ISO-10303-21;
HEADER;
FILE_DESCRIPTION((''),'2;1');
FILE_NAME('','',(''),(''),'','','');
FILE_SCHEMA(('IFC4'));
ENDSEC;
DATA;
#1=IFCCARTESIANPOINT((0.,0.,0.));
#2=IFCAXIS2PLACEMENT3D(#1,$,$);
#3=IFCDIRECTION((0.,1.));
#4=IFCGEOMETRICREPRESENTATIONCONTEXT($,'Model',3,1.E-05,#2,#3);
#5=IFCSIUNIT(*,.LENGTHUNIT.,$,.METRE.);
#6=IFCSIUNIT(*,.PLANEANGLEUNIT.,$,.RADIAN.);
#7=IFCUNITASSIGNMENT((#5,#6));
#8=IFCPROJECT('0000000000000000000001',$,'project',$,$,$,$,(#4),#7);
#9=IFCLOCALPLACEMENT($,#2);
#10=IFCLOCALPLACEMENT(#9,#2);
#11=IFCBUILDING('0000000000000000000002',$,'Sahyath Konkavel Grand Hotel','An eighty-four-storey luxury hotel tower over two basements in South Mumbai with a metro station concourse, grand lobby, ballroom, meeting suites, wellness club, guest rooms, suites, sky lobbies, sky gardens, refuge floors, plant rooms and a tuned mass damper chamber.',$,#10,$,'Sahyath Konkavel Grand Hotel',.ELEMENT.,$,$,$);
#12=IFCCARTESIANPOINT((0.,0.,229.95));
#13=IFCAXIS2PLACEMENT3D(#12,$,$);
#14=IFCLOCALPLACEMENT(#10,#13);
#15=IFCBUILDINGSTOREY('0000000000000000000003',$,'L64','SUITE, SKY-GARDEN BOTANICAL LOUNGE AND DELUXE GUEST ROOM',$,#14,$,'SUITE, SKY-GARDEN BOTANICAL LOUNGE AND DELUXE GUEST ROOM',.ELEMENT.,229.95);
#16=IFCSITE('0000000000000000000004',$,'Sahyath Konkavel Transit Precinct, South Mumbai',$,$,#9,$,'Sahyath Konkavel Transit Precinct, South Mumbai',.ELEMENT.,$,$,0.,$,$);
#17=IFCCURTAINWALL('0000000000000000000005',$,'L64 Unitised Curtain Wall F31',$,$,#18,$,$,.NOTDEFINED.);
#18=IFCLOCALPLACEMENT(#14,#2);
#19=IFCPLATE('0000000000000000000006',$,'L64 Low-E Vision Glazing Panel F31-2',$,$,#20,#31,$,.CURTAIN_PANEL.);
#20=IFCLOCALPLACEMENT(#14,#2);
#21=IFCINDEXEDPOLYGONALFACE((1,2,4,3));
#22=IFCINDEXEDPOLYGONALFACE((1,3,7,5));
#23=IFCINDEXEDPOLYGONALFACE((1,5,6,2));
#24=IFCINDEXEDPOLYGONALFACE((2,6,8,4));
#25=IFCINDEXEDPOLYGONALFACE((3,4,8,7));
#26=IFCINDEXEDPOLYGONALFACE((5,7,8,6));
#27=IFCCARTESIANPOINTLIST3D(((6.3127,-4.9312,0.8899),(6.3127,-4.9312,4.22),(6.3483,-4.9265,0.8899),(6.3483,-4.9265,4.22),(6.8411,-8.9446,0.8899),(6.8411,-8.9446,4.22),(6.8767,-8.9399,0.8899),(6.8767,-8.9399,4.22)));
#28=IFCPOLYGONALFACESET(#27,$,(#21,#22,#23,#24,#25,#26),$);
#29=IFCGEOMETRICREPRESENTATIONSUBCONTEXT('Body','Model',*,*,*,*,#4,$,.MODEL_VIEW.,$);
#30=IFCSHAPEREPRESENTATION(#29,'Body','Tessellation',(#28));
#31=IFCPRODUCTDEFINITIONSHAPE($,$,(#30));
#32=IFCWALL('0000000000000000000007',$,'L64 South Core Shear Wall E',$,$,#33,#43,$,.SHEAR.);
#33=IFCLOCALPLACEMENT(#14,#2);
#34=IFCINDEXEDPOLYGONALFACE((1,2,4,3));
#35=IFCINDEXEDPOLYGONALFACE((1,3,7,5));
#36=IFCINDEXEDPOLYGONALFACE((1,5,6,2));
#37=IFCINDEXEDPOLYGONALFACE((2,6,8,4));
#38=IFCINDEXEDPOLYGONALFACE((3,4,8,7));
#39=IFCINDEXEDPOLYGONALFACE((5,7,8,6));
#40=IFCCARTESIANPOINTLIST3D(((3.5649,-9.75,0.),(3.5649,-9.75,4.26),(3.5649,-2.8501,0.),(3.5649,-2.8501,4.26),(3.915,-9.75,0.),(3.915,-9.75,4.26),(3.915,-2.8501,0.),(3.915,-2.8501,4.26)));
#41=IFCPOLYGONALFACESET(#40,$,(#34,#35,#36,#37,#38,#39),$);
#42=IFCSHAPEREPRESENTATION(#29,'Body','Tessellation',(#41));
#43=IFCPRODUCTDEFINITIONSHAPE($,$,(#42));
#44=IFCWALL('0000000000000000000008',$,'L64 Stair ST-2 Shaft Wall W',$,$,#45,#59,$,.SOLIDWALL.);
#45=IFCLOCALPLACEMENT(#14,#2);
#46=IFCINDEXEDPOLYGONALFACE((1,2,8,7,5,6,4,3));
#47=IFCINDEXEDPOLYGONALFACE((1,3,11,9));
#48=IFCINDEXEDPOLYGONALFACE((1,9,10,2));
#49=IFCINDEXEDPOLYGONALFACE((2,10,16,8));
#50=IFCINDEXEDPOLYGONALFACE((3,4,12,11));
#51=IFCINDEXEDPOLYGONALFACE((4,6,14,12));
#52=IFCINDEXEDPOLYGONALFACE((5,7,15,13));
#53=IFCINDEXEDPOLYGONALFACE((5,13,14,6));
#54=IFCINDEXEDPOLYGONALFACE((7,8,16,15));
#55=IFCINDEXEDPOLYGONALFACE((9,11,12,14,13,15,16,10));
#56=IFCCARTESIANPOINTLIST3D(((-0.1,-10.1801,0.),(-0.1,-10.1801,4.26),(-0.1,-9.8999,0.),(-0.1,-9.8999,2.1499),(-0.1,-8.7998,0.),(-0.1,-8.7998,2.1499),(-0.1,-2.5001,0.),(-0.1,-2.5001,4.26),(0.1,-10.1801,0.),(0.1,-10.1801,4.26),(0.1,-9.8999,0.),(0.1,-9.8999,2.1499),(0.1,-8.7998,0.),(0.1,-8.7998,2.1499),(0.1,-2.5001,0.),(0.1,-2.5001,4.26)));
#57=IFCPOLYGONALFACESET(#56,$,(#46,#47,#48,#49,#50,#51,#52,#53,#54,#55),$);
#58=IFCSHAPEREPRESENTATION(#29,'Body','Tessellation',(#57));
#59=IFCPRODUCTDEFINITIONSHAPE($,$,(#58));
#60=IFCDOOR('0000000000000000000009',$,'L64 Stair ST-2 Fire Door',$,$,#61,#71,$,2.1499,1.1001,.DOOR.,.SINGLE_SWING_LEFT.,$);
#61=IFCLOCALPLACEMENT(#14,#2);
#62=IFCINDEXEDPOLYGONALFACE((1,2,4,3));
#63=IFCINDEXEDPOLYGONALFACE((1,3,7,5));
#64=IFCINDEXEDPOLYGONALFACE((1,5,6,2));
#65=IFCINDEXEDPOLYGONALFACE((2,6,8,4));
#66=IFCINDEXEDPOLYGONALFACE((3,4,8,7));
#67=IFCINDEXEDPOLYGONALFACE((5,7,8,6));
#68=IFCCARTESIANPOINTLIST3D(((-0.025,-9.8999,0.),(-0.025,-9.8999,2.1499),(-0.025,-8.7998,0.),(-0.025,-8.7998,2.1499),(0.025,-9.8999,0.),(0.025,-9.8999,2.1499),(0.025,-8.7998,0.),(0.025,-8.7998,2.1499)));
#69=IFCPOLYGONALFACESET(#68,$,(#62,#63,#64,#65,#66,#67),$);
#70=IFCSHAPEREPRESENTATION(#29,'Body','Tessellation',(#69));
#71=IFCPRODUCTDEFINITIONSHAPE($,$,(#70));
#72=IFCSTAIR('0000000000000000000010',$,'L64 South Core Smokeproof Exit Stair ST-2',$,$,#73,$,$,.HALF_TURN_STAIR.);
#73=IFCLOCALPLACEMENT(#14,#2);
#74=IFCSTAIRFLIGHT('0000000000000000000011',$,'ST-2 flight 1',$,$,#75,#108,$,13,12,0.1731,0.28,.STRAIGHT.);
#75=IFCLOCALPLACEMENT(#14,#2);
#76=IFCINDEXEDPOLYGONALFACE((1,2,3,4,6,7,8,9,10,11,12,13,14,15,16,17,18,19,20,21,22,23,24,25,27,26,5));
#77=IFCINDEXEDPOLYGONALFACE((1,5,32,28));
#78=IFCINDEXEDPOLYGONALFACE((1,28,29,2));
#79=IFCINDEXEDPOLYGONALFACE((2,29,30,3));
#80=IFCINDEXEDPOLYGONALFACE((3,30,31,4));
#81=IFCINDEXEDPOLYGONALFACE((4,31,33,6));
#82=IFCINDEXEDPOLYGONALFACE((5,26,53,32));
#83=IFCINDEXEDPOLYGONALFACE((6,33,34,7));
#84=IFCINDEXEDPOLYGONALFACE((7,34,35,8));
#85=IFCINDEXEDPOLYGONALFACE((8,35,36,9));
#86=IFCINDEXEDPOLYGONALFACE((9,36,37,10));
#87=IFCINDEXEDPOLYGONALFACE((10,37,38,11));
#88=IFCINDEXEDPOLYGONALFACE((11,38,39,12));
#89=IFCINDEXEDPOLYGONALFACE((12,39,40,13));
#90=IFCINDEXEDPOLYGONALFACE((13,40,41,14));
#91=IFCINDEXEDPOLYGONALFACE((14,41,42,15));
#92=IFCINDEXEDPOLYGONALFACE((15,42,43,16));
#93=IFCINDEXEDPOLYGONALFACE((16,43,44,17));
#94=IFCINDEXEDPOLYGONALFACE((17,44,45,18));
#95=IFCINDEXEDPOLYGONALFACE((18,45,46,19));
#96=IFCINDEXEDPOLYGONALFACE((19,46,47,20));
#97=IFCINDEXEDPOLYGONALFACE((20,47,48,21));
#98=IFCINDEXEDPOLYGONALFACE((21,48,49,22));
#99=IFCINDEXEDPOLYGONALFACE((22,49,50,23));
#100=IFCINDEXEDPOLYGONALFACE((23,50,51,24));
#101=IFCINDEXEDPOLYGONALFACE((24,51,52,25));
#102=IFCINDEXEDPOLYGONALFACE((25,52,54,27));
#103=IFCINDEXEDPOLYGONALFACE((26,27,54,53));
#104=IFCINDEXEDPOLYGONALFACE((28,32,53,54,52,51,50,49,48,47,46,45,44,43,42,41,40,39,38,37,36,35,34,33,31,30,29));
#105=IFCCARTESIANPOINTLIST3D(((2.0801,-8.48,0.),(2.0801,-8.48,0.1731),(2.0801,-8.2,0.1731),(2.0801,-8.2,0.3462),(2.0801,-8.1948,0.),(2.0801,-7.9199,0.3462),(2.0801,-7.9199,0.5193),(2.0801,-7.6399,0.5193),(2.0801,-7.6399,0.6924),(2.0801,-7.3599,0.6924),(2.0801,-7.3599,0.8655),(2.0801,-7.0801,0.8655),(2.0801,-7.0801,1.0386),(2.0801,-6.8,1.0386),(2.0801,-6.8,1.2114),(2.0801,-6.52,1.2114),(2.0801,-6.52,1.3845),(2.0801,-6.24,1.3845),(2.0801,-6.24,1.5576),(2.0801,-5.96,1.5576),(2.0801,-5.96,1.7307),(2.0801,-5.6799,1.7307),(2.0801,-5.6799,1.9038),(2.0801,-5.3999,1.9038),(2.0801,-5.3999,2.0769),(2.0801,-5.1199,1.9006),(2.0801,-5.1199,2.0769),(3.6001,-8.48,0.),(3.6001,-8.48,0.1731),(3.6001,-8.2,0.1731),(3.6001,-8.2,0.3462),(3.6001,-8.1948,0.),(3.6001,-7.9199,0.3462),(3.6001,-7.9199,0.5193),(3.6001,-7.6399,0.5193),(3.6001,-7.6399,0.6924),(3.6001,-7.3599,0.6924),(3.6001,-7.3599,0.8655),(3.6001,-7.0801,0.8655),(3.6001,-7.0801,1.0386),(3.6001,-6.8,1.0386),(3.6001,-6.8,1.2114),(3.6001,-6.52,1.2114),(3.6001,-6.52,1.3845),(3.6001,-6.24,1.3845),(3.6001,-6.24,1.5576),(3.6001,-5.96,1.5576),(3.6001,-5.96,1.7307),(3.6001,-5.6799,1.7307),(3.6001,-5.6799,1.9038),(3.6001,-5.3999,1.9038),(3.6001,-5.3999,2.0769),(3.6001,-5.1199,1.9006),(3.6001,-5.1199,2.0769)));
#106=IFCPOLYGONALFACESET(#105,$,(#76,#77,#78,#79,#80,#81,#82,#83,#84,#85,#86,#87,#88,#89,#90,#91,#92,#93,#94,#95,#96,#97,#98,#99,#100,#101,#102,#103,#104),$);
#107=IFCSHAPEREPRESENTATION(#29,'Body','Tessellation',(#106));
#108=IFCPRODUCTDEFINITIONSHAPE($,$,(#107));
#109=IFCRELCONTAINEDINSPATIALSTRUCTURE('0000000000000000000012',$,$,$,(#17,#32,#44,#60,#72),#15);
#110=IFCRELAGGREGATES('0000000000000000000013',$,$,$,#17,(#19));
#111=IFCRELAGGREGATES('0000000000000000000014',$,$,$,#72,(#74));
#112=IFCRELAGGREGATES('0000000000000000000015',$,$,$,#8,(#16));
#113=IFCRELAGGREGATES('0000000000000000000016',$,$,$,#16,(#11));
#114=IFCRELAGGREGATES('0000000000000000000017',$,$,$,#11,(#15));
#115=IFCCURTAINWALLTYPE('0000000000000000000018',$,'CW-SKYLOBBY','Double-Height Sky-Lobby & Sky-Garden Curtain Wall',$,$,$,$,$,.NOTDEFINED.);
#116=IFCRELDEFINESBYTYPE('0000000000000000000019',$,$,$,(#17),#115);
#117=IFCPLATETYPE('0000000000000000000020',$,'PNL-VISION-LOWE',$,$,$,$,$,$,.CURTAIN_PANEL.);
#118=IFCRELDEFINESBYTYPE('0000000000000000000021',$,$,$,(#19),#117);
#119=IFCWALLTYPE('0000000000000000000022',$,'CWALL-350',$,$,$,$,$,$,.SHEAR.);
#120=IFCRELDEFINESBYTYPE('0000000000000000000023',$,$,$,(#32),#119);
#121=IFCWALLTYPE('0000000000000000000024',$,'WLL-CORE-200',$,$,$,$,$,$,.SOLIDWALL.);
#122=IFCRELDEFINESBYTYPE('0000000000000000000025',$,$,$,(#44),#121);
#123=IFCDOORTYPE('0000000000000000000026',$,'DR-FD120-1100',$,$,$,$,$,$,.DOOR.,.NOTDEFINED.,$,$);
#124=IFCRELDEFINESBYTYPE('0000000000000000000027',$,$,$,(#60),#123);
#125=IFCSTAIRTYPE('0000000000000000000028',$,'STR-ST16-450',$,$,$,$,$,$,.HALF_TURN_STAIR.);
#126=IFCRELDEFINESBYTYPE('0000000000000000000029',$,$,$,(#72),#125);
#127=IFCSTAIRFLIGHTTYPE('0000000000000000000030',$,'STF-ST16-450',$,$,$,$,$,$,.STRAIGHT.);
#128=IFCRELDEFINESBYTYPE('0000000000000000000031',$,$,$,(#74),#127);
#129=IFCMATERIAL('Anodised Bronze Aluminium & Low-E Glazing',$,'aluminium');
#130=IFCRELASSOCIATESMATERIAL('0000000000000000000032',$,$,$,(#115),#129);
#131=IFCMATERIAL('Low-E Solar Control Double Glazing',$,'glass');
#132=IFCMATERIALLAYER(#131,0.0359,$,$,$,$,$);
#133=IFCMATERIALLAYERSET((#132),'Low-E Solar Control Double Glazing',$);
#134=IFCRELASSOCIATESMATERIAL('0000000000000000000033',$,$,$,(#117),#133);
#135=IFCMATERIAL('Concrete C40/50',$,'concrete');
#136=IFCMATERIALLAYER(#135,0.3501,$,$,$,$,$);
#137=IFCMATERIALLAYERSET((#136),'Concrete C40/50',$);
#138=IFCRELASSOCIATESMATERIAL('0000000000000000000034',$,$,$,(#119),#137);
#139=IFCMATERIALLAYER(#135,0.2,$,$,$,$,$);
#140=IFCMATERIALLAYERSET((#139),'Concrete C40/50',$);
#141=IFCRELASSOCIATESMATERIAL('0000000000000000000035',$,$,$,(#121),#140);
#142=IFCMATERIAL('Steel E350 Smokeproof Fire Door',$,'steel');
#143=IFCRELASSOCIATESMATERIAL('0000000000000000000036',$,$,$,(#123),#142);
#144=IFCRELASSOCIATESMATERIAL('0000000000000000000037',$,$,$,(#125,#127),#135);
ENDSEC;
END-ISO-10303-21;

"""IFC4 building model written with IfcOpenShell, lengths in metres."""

from ifc_helpers import new_model, si_unit, direction, frame, frame_2d, origin, origin_2d, place, context, subcontext, project, spatial, polyline, rectangle, outline, extrude, source, transform, mapped, material, layer, layer_set, type_object, element, fill, aggregate, save


model = new_model("IFC4")

# Units and contexts
model_context = context("Model", 3, precision=1e-05, world=origin(), true_north=direction((0.0, 1.0)))
body_context = subcontext(model_context, "Body", "Model", "MODEL_VIEW")
ifc_project = project(units=[si_unit("LENGTHUNIT", "METRE"), si_unit("PLANEANGLEUNIT", "RADIAN")], contexts=[model_context])

# Site, building, storey
site_placement = place(None, origin())
site = spatial("IfcSite", under=ifc_project, at=site_placement, Name="Sahyath Konkavel Transit Precinct, South Mumbai", LongName="Sahyath Konkavel Transit Precinct, South Mumbai", CompositionType="ELEMENT", RefElevation=0.0)
building_placement = place(site_placement, origin())
building = spatial("IfcBuilding", under=site, at=building_placement, Name="Sahyath Konkavel Grand Hotel", Description="An eighty-four-storey luxury hotel tower over two basements in South Mumbai with a metro station concourse, grand lobby, ballroom, meeting suites, wellness club, guest rooms, suites, sky lobbies, sky gardens, refuge floors, plant rooms and a tuned mass damper chamber.", LongName="Sahyath Konkavel Grand Hotel", CompositionType="ELEMENT")
storey_placement = place(building_placement, frame((0.0, 0.0, 229.95)))
storey = spatial("IfcBuildingStorey", under=building, at=storey_placement, Name="L64", Description="SUITE, SKY-GARDEN BOTANICAL LOUNGE AND DELUXE GUEST ROOM", LongName="SUITE, SKY-GARDEN BOTANICAL LOUNGE AND DELUXE GUEST ROOM", CompositionType="ELEMENT", Elevation=229.95)

# Shared definitions
ifc_material_1 = material(Name="Anodised Bronze Aluminium & Low-E Glazing", Category="aluminium")
curtain_wall_type = type_object("IfcCurtainWallType", Name="CW-SKYLOBBY", Description="Double-Height Sky-Lobby & Sky-Garden Curtain Wall", PredefinedType="NOTDEFINED", material=ifc_material_1)

# Curtain wall
curtain_wall_1_placement = place(storey_placement, origin())
curtain_wall_1 = element("IfcCurtainWall", 1, at=curtain_wall_1_placement, inside=storey, type_object=curtain_wall_type, Name="L64 Unitised Curtain Wall F31", PredefinedType="NOTDEFINED")

# Plate
ifc_material_2 = material(Name="Low-E Solar Control Double Glazing", Category="glass")
ifc_layer_1 = layer(ifc_material_2, 0.0359)
ifc_layer_set_1 = layer_set([ifc_layer_1], Name="Low-E Solar Control Double Glazing")
plate_type_1 = type_object("IfcPlateType", Name="PNL-VISION-LOWE", PredefinedType="CURTAIN_PANEL", material=ifc_layer_set_1)
shared_shape_1 = source(origin(), body_context, "Body", "SweptSolid", [
    extrude(rectangle(XDim=4.0481, YDim=0.0359, at=origin_2d()), origin(), (0.0, 0.0, 1.0), 3.3301),
])
plate_1_placement = place(storey_placement, frame((6.5947, -6.9355, 0.8899), z_axis=(0.0, 0.0, 1.0), x_axis=(-0.130526, 0.991445, 0.0)))
plate_1 = element("IfcPlate", 2, at=plate_1_placement, type_object=plate_type_1, Name="L64 Low-E Vision Glazing Panel F31-2", PredefinedType="CURTAIN_PANEL", context=body_context, shape_type="MappedRepresentation", body=[
    mapped(shared_shape_1, transform((0.0, 0.0, 0.0), scale=1.0)),
])
aggregate(curtain_wall_1, [plate_1])

# Wall
ifc_material_3 = material(Name="Concrete C40/50", Category="concrete")
ifc_layer_2 = layer(ifc_material_3, 0.3501)
ifc_layer_set_2 = layer_set([ifc_layer_2], Name="Concrete C40/50")
wall_type_1 = type_object("IfcWallType", Name="CWALL-350", PredefinedType="SHEAR", material=ifc_layer_set_2)
wall_1_placement = place(storey_placement, frame((3.74, -9.75, 0.0), z_axis=(0.0, 0.0, 1.0), x_axis=(0.0, 1.0, 0.0)))
element("IfcWall", 3, at=wall_1_placement, inside=storey, type_object=wall_type_1, Name="L64 South Core Shear Wall E", PredefinedType="SHEAR", context=body_context, shape_type="SweptSolid", body=[
    extrude(rectangle(XDim=6.8999, YDim=0.3501, at=frame_2d((3.45, 0.0))), origin(), (0.0, 0.0, 1.0), 4.26),
])

# Wall, opening, door
ifc_layer_3 = layer(ifc_material_3, 0.2)
ifc_layer_set_3 = layer_set([ifc_layer_3], Name="Concrete C40/50")
wall_type_2 = type_object("IfcWallType", Name="WLL-CORE-200", PredefinedType="SOLIDWALL", material=ifc_layer_set_3)
wall_2_placement = place(storey_placement, frame((0.0, -10.1799, 0.0), z_axis=(0.0, 0.0, 1.0), x_axis=(0.0, 1.0, 0.0)))
wall_2 = element("IfcWall", 4, at=wall_2_placement, inside=storey, type_object=wall_type_2, Name="L64 Stair ST-2 Shaft Wall W", PredefinedType="SOLIDWALL", context=body_context, shape_type="SweptSolid", body=[
    extrude(rectangle(XDim=7.6799, YDim=0.2, at=frame_2d((3.8398, 0.0))), origin(), (0.0, 0.0, 1.0), 4.26),
])
opening_placement = place(wall_2_placement, frame((0.28, 0.0, 0.0)))
opening = element("IfcOpeningElement", 5, at=opening_placement, cuts=wall_2, PredefinedType="OPENING", context=body_context, shape_type="SweptSolid", body=[
    extrude(rectangle(XDim=1.1001, YDim=2.1499, at=frame_2d((0.55, 1.075))), frame((0.0, 0.1099, 0.0), z_axis=(0.0, -1.0, 0.0), x_axis=(1.0, 0.0, 0.0)), (0.0, 0.0, 1.0), 0.22),
])
ifc_material_4 = material(Name="Steel E350 Smokeproof Fire Door", Category="steel")
door_type = type_object("IfcDoorType", Name="DR-FD120-1100", OperationType="NOTDEFINED", PredefinedType="DOOR", material=ifc_material_4)
shared_shape_2 = source(origin(), body_context, "Body", "SweptSolid", [
    extrude(rectangle(XDim=1.1001, YDim=0.05, at=origin_2d()), origin(), (0.0, 0.0, 1.0), 2.1499),
])
door_placement = place(opening_placement, frame((0.55, 0.0, 0.0)))
door = element("IfcDoor", 6, at=door_placement, inside=storey, type_object=door_type, Name="L64 Stair ST-2 Fire Door", OperationType="SINGLE_SWING_LEFT", OverallHeight=2.1499, OverallWidth=1.1001, PredefinedType="DOOR", context=body_context, shape_type="MappedRepresentation", body=[
    mapped(shared_shape_2, transform((0.0, 0.0, 0.0), scale=1.0)),
])
fill(opening, door)

# Stair, stair flight
stair_type = type_object("IfcStairType", Name="STR-ST16-450", PredefinedType="HALF_TURN_STAIR", material=ifc_material_3)
stair_placement = place(storey_placement, origin())
stair = element("IfcStair", 7, at=stair_placement, inside=storey, type_object=stair_type, Name="L64 South Core Smokeproof Exit Stair ST-2", PredefinedType="HALF_TURN_STAIR")
stair_flight_type = type_object("IfcStairFlightType", Name="STF-ST16-450", PredefinedType="STRAIGHT", material=ifc_material_3)
stair_flight_placement = place(storey_placement, frame((2.8401, -8.48, 0.0), z_axis=(0.0, 0.0, 1.0), x_axis=(0.0, 1.0, 0.0)))
stair_flight = element("IfcStairFlight", 8, at=stair_flight_placement, type_object=stair_flight_type, Name="ST-2 flight 1", NumberOfRisers=13, NumberOfTreads=12, PredefinedType="STRAIGHT", RiserHeight=0.1731, TreadLength=0.28, context=body_context, shape_type="SweptSolid", body=[
    extrude(outline(polyline([(0.0, 0.0), (0.0, 0.1731), (0.28, 0.1731), (0.28, 0.3462), (0.5601, 0.3462), (0.5601, 0.5193), (0.8401, 0.5193), (0.8401, 0.6924), (1.1201, 0.6924), (1.1201, 0.8655), (1.3999, 0.8655), (1.3999, 1.0386), (1.6799, 1.0386), (1.6799, 1.2114), (1.96, 1.2114), (1.96, 1.3845), (2.24, 1.3845), (2.24, 1.5576), (2.52, 1.5576), (2.52, 1.7307), (2.8, 1.7307), (2.8, 1.9038), (3.0801, 1.9038), (3.0801, 2.0769), (3.3601, 2.0769), (3.3601, 2.25), (3.3601, 1.9006), (0.2852, 0.0), (0.0, 0.0)])), frame((0.0, 0.76, 0.0), z_axis=(0.0, -1.0, 0.0), x_axis=(1.0, 0.0, 0.0)), (0.0, 0.0, 1.0), 1.52),
])
aggregate(stair, [stair_flight])

save(model, "model.ifc")
